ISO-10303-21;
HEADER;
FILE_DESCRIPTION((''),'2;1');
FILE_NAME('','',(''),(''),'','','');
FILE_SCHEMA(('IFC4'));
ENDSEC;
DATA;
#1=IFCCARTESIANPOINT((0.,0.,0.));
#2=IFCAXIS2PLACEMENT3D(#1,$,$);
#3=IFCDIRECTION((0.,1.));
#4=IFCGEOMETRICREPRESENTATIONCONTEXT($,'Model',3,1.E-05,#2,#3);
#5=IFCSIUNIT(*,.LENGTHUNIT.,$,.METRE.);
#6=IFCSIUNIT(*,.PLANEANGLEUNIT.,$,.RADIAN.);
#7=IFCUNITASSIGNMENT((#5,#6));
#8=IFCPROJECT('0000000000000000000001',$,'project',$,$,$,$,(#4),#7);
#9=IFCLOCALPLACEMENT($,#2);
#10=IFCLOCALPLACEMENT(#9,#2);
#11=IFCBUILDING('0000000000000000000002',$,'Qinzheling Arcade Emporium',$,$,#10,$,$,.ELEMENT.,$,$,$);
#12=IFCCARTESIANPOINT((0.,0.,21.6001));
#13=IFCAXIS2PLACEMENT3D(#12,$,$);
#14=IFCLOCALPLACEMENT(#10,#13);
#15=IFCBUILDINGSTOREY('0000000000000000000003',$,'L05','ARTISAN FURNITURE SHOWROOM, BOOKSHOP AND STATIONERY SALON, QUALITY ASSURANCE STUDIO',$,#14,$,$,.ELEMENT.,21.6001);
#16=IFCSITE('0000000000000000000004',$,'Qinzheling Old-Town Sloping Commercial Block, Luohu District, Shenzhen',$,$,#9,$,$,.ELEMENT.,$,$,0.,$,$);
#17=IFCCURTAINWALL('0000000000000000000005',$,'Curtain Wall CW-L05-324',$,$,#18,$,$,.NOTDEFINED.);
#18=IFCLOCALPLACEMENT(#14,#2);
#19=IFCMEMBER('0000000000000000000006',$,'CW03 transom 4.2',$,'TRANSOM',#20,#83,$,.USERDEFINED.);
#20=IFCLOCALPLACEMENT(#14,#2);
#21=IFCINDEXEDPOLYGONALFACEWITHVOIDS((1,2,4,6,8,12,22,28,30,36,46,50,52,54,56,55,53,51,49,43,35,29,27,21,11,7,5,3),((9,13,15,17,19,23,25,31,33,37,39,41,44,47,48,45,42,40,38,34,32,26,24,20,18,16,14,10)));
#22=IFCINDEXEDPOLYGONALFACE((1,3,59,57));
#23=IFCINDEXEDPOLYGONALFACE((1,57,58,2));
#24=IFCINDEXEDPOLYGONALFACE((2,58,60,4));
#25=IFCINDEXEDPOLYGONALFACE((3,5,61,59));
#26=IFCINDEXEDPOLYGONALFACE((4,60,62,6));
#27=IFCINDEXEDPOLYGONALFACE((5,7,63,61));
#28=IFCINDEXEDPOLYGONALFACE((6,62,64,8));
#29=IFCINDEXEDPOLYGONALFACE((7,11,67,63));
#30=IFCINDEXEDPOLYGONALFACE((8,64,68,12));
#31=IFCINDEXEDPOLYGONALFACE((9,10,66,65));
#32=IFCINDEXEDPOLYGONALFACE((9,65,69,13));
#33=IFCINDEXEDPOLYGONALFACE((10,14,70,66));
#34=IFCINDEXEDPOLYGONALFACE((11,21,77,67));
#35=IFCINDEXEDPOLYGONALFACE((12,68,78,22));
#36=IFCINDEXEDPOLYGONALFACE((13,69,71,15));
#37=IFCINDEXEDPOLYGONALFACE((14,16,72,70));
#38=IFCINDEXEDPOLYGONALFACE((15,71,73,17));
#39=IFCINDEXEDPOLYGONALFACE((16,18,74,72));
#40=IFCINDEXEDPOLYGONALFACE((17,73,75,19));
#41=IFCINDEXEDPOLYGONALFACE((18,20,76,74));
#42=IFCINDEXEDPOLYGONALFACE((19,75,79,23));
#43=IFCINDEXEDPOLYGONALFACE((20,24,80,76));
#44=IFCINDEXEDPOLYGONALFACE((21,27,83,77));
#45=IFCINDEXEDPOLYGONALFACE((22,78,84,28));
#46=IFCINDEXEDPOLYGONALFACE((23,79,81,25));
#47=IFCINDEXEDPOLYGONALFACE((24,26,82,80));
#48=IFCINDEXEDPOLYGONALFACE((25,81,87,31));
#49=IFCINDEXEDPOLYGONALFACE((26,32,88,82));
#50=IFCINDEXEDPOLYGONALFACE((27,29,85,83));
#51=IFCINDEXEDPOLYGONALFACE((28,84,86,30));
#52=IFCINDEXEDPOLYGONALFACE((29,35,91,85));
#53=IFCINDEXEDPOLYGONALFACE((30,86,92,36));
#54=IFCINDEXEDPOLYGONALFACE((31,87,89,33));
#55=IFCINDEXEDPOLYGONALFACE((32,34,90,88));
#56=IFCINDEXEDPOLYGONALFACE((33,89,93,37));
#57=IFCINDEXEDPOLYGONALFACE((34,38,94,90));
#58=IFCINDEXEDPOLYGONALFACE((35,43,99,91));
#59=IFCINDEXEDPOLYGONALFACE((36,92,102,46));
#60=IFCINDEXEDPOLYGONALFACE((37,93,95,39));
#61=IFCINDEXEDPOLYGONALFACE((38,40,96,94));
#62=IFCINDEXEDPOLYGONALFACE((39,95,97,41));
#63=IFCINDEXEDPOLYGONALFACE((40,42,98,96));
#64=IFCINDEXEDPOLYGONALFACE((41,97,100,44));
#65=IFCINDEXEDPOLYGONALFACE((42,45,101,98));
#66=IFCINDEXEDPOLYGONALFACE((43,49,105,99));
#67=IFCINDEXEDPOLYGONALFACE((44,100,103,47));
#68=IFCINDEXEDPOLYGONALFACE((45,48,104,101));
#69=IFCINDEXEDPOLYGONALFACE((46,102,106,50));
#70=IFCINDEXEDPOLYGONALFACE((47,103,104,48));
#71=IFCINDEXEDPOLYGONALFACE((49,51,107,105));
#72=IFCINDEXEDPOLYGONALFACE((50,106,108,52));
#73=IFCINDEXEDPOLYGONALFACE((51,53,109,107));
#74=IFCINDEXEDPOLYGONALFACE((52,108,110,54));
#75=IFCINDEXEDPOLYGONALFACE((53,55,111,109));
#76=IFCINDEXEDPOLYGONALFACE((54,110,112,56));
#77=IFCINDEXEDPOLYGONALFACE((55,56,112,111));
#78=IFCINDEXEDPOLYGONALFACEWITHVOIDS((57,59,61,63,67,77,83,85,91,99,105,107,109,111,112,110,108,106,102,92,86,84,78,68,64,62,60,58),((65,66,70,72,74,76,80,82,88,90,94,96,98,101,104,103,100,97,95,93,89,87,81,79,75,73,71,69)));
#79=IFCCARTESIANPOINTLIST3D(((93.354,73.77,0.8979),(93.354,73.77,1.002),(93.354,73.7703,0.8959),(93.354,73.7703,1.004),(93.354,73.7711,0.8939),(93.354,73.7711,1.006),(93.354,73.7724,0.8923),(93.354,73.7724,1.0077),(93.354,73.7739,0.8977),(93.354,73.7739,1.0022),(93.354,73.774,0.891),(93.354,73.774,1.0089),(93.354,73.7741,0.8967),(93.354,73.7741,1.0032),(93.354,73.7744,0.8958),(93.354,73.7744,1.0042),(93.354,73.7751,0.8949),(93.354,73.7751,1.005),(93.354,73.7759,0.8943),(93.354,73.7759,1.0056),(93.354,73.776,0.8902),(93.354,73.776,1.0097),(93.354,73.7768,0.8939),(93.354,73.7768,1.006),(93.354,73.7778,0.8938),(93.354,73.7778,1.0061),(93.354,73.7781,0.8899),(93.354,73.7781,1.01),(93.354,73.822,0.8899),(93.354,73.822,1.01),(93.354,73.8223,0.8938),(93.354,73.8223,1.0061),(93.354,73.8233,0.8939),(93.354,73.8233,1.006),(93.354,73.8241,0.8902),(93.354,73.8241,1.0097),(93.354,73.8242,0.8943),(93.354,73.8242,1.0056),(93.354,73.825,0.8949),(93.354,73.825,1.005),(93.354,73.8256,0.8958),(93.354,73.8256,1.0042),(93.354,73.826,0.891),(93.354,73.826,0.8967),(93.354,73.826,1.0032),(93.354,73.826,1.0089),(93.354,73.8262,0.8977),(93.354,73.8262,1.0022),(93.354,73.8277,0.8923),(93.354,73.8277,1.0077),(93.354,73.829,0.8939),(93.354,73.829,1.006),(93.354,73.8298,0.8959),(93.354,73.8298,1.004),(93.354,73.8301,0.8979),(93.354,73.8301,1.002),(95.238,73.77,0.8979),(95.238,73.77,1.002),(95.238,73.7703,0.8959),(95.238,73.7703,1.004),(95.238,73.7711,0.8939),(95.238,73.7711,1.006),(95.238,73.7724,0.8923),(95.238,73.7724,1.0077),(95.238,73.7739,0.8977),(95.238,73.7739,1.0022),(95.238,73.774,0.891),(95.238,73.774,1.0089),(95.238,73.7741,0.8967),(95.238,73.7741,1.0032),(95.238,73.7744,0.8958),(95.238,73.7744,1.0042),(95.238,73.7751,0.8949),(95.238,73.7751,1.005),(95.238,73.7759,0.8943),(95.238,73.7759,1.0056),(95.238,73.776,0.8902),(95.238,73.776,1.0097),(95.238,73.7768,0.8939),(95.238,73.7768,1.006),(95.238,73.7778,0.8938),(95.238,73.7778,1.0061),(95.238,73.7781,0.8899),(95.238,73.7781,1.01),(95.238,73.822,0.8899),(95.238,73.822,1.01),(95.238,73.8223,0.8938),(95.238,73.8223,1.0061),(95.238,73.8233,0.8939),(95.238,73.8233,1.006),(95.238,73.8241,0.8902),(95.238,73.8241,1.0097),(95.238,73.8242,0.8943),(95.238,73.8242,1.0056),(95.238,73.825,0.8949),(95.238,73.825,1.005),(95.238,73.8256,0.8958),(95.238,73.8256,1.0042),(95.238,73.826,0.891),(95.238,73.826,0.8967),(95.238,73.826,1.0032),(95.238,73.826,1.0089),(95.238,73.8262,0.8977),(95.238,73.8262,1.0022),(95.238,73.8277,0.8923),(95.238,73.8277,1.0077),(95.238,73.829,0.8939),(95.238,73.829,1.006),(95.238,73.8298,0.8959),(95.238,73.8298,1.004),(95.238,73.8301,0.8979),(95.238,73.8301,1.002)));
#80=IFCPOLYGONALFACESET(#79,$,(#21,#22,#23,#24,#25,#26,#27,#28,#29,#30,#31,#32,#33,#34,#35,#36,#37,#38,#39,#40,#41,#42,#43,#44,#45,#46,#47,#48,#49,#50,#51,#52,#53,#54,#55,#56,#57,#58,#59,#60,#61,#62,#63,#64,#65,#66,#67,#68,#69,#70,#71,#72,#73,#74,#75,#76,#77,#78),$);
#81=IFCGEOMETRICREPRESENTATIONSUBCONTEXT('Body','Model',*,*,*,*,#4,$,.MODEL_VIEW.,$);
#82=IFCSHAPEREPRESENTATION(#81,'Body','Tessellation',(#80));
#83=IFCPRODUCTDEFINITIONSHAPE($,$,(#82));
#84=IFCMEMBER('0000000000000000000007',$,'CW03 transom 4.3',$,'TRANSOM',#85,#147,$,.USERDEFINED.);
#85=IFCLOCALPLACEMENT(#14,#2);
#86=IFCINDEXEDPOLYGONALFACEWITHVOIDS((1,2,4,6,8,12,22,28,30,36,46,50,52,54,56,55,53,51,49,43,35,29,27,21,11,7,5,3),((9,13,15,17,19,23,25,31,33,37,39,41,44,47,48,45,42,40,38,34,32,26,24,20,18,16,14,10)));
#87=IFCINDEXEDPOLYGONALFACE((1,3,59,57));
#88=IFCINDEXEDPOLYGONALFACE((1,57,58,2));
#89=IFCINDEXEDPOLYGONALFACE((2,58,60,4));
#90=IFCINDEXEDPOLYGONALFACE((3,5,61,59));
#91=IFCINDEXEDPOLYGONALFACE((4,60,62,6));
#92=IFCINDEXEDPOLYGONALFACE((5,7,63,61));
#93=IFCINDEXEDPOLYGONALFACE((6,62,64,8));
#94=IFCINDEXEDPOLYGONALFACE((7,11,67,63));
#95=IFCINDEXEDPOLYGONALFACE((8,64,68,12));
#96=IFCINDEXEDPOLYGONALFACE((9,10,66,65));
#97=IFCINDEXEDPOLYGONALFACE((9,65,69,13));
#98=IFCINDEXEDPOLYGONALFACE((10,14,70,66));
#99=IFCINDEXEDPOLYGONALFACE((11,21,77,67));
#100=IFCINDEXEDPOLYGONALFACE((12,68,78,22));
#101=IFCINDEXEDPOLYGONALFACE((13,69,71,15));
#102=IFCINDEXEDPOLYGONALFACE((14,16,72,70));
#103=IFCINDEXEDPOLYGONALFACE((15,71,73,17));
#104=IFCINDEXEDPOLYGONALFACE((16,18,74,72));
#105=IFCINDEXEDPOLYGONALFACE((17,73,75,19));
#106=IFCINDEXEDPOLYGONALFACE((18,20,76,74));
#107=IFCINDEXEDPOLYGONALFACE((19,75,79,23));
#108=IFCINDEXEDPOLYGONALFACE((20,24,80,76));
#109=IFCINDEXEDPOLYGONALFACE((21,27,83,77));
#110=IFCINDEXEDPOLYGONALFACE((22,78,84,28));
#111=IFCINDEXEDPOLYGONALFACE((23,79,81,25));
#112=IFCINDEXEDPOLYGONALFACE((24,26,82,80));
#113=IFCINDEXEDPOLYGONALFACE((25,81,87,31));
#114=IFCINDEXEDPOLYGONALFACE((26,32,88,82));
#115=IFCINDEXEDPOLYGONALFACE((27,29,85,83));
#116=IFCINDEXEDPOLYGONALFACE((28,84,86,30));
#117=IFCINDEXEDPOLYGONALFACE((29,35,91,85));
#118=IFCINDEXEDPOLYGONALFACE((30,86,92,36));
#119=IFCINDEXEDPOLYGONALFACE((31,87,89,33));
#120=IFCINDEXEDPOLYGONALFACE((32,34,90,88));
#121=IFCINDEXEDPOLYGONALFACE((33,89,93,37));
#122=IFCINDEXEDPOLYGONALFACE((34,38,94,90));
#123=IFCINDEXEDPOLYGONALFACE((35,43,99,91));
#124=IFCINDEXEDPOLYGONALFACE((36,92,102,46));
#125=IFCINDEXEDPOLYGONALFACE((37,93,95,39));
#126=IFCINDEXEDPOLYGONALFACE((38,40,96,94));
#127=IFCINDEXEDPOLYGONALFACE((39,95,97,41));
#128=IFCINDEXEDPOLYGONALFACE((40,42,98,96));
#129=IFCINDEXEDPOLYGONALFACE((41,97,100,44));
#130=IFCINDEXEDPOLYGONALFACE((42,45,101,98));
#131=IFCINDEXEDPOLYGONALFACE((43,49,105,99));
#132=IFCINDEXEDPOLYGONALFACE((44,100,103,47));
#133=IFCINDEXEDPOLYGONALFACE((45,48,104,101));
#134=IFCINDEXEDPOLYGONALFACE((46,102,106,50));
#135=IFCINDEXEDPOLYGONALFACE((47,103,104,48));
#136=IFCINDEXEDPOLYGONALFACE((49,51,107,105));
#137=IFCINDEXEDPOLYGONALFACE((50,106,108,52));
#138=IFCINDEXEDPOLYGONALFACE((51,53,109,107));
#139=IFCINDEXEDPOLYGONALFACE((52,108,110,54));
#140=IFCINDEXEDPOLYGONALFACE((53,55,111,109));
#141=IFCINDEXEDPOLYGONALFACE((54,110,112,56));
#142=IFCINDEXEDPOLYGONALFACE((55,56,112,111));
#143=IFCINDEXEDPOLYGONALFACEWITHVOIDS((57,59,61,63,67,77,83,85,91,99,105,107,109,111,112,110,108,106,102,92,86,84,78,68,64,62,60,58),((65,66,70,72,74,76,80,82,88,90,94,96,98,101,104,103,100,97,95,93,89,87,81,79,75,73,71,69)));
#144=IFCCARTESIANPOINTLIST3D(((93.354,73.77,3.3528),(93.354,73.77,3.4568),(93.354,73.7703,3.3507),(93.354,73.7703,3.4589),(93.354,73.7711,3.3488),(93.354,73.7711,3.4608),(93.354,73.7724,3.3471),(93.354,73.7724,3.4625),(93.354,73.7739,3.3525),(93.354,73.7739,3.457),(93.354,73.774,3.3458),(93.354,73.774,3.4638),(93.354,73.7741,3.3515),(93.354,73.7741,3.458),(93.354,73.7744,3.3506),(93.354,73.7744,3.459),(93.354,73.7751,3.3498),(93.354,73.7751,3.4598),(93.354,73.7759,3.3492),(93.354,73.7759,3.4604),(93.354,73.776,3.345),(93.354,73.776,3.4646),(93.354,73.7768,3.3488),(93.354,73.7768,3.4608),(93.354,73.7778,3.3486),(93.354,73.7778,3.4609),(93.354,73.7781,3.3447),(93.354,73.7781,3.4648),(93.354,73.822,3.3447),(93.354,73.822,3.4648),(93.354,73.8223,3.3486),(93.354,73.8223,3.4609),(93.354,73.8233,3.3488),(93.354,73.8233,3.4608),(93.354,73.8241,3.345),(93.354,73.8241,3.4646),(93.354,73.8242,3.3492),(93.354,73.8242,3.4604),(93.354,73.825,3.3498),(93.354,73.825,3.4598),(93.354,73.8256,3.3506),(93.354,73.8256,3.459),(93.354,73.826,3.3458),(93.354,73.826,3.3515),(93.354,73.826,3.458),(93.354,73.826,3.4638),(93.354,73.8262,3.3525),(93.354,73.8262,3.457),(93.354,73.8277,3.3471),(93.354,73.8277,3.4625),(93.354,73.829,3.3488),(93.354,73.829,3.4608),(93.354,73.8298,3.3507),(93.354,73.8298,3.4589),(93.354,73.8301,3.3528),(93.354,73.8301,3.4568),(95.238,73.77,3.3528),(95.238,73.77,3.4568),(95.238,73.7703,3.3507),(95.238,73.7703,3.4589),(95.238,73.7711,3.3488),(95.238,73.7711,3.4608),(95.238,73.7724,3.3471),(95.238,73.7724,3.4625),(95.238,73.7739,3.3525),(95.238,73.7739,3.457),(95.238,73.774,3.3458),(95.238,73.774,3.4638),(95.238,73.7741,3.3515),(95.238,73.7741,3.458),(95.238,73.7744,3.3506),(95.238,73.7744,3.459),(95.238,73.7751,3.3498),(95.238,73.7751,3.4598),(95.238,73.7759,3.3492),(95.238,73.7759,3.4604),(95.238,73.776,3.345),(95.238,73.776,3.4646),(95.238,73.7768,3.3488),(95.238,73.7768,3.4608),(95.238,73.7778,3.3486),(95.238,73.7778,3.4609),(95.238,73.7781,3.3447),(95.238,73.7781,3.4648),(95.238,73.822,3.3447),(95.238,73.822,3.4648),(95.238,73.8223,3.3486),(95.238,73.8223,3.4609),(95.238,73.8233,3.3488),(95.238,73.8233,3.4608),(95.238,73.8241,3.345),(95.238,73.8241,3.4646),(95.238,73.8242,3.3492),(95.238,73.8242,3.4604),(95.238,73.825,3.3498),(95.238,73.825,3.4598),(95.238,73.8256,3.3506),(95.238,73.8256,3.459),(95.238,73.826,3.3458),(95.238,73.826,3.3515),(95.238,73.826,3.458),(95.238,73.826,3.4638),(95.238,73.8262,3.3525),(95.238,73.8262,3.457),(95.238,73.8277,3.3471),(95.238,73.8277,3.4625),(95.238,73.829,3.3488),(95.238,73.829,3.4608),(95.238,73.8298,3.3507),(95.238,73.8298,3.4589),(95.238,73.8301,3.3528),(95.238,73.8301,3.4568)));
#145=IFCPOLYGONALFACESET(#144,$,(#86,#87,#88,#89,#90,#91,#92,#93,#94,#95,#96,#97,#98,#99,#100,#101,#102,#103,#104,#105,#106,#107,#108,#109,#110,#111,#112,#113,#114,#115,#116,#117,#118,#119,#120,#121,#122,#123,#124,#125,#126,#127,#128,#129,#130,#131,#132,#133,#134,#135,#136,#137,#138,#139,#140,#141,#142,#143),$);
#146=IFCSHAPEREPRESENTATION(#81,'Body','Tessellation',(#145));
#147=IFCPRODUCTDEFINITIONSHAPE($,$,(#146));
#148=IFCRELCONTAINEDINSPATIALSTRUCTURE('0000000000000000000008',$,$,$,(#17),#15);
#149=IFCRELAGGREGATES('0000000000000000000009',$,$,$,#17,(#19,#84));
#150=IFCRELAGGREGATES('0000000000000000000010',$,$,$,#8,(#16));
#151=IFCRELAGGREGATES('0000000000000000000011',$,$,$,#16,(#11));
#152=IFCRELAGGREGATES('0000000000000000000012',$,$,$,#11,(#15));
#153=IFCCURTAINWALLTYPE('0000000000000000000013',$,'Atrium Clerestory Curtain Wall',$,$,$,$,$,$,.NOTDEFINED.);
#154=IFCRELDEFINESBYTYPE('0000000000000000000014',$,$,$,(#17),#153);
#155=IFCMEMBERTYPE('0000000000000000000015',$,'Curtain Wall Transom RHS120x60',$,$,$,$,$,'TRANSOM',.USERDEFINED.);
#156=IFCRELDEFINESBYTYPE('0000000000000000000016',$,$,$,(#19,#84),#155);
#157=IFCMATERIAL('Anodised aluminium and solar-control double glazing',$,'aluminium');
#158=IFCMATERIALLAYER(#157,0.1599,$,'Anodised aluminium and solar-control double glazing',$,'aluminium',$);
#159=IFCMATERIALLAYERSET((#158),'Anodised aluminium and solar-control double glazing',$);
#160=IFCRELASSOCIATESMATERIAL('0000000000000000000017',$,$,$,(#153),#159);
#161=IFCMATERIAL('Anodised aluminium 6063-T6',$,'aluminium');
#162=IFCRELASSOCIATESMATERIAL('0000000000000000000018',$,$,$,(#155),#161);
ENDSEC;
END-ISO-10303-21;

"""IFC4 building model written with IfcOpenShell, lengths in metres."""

from ifc_helpers import new_model, si_unit, direction, frame, origin, origin_2d, place, context, subcontext, project, spatial, hollow_rectangle, extrude, material, layer, layer_set, material_profile, profile_set, type_object, element, aggregate, save


model = new_model("IFC4")

# Units and contexts
model_context = context("Model", 3, precision=1e-05, world=origin(), true_north=direction((0.0, 1.0)))
body_context = subcontext(model_context, "Body", "Model", "MODEL_VIEW")
ifc_project = project(units=[si_unit("LENGTHUNIT", "METRE"), si_unit("PLANEANGLEUNIT", "RADIAN")], contexts=[model_context])

# Site, building, storey
site_placement = place(None, origin())
site = spatial("IfcSite", under=ifc_project, at=site_placement, Name="Qinzheling Old-Town Sloping Commercial Block, Luohu District, Shenzhen", CompositionType="ELEMENT", RefElevation=0.0)
building_placement = place(site_placement, origin())
building = spatial("IfcBuilding", under=site, at=building_placement, Name="Qinzheling Arcade Emporium", CompositionType="ELEMENT")
storey_placement = place(building_placement, frame((0.0, 0.0, 21.6001)))
storey = spatial("IfcBuildingStorey", under=building, at=storey_placement, Name="L05", Description="ARTISAN FURNITURE SHOWROOM, BOOKSHOP AND STATIONERY SALON, QUALITY ASSURANCE STUDIO", CompositionType="ELEMENT", Elevation=21.6001)

# Curtain wall
ifc_material_1 = material(Name="Anodised aluminium and solar-control double glazing", Category="aluminium")
ifc_layer_1 = layer(ifc_material_1, 0.1599, Name="Anodised aluminium and solar-control double glazing", Category="aluminium")
ifc_layer_set_1 = layer_set([ifc_layer_1], Name="Anodised aluminium and solar-control double glazing")
curtain_wall_type = type_object("IfcCurtainWallType", Name="Atrium Clerestory Curtain Wall", PredefinedType="NOTDEFINED", material=ifc_layer_set_1)
curtain_wall_1_placement = place(storey_placement, origin())
curtain_wall_1 = element("IfcCurtainWall", 1, at=curtain_wall_1_placement, inside=storey, type_object=curtain_wall_type, Name="Curtain Wall CW-L05-324", PredefinedType="NOTDEFINED")
ifc_material_2 = material(Name="Anodised aluminium 6063-T6", Category="aluminium")

# Members
ifc_material_profile_1 = material_profile(ifc_material_2, hollow_rectangle(XDim=0.0601, YDim=0.1201, WallThickness=0.0039, InnerFilletRadius=0.0039, OuterFilletRadius=0.0081, at=origin_2d()), Name="RHS 120x60x4", Category="aluminium")
ifc_profile_set_1 = profile_set([ifc_material_profile_1], Name="Anodised aluminium 6063-T6")
member_type_1 = type_object("IfcMemberType", Name="Curtain Wall Transom RHS120x60", ElementType="TRANSOM", PredefinedType="USERDEFINED", material=ifc_profile_set_1)
member_1_placement = place(storey_placement, frame((93.354, 73.8, 0.95), z_axis=(1.0, 0.0, 0.0), x_axis=(0.0, 1.0, 0.0)))
member_1 = element("IfcMember", 2, at=member_1_placement, type_object=member_type_1, Name="CW03 transom 4.2", ObjectType="TRANSOM", PredefinedType="USERDEFINED", context=body_context, shape_type="SweptSolid", body=[
    extrude(hollow_rectangle(XDim=0.0601, YDim=0.1201, WallThickness=0.0039, InnerFilletRadius=0.0039, OuterFilletRadius=0.0081, at=origin_2d()), origin(), (0.0, 0.0, 1.0), 1.884),
])
member_2_placement = place(storey_placement, frame((93.354, 73.8, 3.4048), z_axis=(1.0, 0.0, 0.0), x_axis=(0.0, 1.0, 0.0)))
member_2 = element("IfcMember", 3, at=member_2_placement, type_object=member_type_1, Name="CW03 transom 4.3", ObjectType="TRANSOM", PredefinedType="USERDEFINED", context=body_context, shape_type="SweptSolid", body=[
    extrude(hollow_rectangle(XDim=0.0601, YDim=0.1201, WallThickness=0.0039, InnerFilletRadius=0.0039, OuterFilletRadius=0.0081, at=origin_2d()), origin(), (0.0, 0.0, 1.0), 1.884),
])

aggregate(curtain_wall_1, [member_1, member_2])

save(model, "model.ifc")
